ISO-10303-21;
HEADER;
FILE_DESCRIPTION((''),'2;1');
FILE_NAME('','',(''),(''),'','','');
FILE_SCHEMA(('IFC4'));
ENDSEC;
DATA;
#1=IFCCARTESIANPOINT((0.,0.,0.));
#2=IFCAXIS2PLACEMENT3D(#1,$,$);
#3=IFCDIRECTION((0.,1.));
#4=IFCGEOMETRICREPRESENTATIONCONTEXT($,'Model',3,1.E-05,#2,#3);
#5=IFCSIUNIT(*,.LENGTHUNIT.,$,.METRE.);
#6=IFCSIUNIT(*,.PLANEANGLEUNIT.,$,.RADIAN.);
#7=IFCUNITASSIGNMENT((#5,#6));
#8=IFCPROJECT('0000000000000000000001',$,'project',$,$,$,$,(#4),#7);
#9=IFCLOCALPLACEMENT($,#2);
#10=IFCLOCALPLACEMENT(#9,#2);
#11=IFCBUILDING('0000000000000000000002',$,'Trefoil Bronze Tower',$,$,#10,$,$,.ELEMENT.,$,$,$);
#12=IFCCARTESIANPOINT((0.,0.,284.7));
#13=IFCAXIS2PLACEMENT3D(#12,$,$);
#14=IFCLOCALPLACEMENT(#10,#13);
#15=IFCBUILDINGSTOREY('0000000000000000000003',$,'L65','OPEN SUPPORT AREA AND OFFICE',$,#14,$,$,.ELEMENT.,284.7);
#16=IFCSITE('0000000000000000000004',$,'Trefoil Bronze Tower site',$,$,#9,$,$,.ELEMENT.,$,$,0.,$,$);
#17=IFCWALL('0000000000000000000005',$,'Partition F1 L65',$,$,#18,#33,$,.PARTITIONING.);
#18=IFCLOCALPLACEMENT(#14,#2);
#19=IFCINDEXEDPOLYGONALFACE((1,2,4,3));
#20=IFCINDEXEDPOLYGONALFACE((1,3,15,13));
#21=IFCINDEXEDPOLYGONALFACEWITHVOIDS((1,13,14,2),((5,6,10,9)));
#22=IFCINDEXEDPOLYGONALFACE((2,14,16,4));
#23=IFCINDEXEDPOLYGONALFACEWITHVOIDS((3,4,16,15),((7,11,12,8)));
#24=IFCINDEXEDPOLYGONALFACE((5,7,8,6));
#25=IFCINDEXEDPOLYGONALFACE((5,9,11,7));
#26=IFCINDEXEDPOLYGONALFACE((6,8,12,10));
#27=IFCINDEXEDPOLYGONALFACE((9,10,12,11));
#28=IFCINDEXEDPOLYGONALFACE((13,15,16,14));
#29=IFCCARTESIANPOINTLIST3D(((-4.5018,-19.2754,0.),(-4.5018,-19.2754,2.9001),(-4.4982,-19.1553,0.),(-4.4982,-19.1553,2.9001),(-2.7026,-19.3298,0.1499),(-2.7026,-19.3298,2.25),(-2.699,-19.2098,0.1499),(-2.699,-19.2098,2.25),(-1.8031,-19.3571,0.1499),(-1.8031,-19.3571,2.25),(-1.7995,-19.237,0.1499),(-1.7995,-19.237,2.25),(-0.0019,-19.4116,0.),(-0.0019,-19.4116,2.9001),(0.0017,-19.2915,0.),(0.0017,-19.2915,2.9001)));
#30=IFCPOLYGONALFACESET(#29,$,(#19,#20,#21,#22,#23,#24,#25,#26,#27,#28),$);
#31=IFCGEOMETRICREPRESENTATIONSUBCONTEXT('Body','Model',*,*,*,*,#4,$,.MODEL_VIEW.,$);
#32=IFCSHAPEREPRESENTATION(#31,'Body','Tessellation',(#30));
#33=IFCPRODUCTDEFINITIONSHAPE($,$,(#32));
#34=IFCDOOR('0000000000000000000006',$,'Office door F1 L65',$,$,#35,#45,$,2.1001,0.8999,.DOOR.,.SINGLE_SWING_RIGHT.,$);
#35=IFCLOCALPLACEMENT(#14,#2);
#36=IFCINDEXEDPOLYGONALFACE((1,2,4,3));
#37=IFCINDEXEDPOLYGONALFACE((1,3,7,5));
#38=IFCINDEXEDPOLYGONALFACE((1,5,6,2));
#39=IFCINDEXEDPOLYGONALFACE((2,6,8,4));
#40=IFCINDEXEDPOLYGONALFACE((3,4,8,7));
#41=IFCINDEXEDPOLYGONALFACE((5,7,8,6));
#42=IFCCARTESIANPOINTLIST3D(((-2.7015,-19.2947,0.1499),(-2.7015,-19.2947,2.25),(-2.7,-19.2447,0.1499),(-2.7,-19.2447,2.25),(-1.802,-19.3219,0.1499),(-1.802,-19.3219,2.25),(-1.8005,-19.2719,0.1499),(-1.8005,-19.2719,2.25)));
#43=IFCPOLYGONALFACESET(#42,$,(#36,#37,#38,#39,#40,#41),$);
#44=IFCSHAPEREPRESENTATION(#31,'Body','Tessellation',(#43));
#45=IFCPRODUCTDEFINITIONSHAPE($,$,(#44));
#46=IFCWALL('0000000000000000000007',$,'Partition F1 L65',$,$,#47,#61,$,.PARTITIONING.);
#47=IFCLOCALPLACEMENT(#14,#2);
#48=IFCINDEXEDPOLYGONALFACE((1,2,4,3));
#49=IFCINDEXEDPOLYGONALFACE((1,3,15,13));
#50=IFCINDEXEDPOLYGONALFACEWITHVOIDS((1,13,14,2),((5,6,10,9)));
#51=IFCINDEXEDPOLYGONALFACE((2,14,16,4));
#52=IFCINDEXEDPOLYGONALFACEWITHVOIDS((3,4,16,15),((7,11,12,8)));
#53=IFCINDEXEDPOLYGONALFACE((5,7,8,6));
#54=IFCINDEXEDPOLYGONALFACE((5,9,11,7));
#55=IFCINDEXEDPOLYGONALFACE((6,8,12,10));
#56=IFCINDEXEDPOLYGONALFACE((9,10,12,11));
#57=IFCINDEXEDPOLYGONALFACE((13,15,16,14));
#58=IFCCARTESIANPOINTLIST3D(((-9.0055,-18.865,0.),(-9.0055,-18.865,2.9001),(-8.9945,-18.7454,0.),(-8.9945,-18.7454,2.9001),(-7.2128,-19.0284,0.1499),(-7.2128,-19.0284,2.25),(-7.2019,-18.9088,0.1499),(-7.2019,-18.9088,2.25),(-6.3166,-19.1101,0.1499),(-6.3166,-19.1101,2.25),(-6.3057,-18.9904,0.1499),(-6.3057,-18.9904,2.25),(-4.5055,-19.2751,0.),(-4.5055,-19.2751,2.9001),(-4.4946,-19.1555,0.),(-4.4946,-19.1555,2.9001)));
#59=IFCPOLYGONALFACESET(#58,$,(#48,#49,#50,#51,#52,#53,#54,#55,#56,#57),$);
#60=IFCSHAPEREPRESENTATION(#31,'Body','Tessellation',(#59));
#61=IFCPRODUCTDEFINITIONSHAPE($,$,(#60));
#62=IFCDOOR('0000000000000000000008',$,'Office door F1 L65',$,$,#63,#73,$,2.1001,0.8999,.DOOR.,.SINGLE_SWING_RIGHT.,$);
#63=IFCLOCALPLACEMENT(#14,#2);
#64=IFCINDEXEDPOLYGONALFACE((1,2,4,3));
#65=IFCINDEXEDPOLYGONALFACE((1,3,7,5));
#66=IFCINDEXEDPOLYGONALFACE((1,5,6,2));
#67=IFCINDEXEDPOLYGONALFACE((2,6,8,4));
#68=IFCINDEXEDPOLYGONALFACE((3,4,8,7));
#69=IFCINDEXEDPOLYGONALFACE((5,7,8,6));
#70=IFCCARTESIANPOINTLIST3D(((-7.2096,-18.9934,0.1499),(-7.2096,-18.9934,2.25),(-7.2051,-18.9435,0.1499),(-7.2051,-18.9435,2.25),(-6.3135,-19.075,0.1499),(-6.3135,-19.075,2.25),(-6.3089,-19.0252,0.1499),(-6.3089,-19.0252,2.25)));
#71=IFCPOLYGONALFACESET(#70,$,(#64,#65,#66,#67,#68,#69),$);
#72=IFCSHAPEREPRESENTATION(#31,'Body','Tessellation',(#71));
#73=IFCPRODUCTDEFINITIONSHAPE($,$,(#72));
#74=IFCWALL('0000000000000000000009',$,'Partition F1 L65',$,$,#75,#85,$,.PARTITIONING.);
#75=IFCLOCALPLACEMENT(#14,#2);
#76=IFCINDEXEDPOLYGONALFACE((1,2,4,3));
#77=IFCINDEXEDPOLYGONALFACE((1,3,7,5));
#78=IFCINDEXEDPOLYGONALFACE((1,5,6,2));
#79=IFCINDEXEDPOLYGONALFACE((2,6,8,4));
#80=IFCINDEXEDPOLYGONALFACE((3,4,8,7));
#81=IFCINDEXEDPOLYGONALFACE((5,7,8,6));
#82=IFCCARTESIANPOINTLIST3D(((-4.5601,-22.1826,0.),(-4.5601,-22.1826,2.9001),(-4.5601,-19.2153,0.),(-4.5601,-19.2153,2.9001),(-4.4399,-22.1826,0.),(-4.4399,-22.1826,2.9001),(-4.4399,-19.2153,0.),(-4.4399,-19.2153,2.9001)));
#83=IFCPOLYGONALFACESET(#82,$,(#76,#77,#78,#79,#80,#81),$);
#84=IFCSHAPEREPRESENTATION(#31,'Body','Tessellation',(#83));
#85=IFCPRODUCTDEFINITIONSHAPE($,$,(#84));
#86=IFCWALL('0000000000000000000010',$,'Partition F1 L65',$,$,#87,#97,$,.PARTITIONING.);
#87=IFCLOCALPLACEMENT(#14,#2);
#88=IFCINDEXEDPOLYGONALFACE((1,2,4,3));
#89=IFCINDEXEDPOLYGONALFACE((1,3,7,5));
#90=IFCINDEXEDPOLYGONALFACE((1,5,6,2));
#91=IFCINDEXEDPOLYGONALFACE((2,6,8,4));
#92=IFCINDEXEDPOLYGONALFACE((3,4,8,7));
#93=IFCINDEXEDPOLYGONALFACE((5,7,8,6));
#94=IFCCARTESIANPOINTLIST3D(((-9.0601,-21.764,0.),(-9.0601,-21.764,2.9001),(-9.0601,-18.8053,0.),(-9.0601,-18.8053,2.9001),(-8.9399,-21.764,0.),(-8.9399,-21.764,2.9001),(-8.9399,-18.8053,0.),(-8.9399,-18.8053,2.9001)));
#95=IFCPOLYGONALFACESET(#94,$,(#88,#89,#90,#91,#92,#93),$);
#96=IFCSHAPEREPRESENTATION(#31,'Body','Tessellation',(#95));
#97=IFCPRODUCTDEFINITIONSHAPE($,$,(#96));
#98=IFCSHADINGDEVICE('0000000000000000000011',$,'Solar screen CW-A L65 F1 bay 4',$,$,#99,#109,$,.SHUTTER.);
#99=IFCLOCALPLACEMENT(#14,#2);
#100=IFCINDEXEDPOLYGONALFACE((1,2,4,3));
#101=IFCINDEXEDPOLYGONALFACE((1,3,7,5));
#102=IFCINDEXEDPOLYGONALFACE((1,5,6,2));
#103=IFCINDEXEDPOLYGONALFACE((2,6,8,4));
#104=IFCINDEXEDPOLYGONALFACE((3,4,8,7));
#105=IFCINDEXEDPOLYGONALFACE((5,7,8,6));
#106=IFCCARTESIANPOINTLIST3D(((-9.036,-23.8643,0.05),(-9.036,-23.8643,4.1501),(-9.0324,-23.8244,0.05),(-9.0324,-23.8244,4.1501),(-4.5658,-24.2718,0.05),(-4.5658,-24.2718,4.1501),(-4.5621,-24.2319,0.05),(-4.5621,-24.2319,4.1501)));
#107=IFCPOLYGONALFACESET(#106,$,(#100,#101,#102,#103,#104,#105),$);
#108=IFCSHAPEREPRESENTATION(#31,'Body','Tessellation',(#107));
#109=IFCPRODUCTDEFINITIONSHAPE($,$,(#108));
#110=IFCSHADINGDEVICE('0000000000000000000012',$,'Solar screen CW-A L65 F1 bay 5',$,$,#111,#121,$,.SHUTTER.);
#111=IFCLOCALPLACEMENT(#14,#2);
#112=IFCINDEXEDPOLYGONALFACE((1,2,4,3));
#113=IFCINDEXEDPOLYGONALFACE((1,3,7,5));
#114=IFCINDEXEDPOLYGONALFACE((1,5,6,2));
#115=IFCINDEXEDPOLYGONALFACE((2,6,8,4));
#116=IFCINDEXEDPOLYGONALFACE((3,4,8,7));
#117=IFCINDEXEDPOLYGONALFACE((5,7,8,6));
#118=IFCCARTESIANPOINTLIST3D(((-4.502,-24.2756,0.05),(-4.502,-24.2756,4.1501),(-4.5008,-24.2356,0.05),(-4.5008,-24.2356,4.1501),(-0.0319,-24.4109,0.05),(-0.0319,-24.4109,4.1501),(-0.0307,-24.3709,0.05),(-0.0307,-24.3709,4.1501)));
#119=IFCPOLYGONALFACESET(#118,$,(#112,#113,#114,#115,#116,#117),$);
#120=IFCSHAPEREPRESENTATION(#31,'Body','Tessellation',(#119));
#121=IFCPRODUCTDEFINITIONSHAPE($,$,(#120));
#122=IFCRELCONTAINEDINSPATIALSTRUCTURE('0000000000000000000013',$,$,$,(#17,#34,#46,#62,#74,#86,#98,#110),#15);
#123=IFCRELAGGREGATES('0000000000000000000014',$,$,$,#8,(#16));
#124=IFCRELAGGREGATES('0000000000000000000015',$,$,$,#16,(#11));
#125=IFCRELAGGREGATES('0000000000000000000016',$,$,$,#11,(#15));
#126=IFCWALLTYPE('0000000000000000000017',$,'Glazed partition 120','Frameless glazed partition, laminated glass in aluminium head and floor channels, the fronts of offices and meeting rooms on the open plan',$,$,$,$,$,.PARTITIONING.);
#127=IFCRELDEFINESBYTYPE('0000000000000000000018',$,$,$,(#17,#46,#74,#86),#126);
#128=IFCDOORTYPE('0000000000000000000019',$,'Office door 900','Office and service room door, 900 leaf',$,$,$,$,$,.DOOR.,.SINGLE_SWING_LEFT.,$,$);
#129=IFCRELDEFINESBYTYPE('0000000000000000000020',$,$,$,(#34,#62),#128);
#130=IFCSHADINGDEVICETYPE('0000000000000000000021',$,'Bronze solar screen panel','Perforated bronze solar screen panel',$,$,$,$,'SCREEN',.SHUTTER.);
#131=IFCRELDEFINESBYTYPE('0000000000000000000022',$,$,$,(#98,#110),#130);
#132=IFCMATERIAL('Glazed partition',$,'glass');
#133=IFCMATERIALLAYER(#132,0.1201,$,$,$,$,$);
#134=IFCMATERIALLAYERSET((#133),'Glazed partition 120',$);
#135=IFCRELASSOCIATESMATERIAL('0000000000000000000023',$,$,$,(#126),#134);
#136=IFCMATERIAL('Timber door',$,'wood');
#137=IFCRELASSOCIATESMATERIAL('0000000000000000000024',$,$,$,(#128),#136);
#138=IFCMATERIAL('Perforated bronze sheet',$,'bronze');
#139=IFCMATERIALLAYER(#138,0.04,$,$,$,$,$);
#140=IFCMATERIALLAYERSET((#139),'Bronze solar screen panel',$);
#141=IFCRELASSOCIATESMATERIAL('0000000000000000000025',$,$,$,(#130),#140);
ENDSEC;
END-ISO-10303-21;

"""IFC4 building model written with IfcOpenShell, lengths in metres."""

from ifc_helpers import new_model, si_unit, direction, frame, frame_2d, origin, origin_2d, place, context, subcontext, project, spatial, rectangle, extrude, material, layer, layer_set, type_object, element, fill, save


model = new_model("IFC4")

# Units and contexts
model_context = context("Model", 3, precision=1e-05, world=origin(), true_north=direction((0.0, 1.0)))
body_context = subcontext(model_context, "Body", "Model", "MODEL_VIEW")
ifc_project = project(units=[si_unit("LENGTHUNIT", "METRE"), si_unit("PLANEANGLEUNIT", "RADIAN")], contexts=[model_context])

# Site, building, storey
site_placement = place(None, origin())
site = spatial("IfcSite", under=ifc_project, at=site_placement, Name="Trefoil Bronze Tower site", CompositionType="ELEMENT", RefElevation=0.0)
building_placement = place(site_placement, origin())
building = spatial("IfcBuilding", under=site, at=building_placement, Name="Trefoil Bronze Tower", CompositionType="ELEMENT")
storey_placement = place(building_placement, frame((0.0, 0.0, 284.7)))
storey = spatial("IfcBuildingStorey", under=building, at=storey_placement, Name="L65", Description="OPEN SUPPORT AREA AND OFFICE", CompositionType="ELEMENT", Elevation=284.7)

# Shared definitions
ifc_material_1 = material(Name="Glazed partition", Category="glass")
ifc_layer_1 = layer(ifc_material_1, 0.1201)
ifc_layer_set_1 = layer_set([ifc_layer_1], Name="Glazed partition 120")
wall_type = type_object("IfcWallType", Name="Glazed partition 120", Description="Frameless glazed partition, laminated glass in aluminium head and floor channels, the fronts of offices and meeting rooms on the open plan", PredefinedType="PARTITIONING", material=ifc_layer_set_1)

# Walls, openings, doors
wall_1_placement = place(storey_placement, frame((-4.5, -19.2153, 0.0), z_axis=(0.0, 0.0, 1.0), x_axis=(0.999542, -0.03026, 0.0)))
wall_1 = element("IfcWall", 1, at=wall_1_placement, inside=storey, type_object=wall_type, Name="Partition F1 L65", PredefinedType="PARTITIONING", context=body_context, shape_type="SweptSolid", body=[
    extrude(rectangle(XDim=4.502, YDim=0.1201, at=frame_2d((2.251, 0.0))), origin(), (0.0, 0.0, 1.0), 2.9001),
])
opening_1_placement = place(wall_1_placement, frame((1.8, 0.0, 0.1499)))
opening_1 = element("IfcOpeningElement", 2, at=opening_1_placement, cuts=wall_1, PredefinedType="OPENING", context=body_context, shape_type="SweptSolid", body=[
    extrude(rectangle(XDim=0.8999, YDim=2.1001, at=frame_2d((0.45, 1.05))), frame((0.0, 0.0701, 0.0), z_axis=(0.0, -1.0, 0.0), x_axis=(1.0, 0.0, 0.0)), (0.0, 0.0, 1.0), 0.1401),
])
ifc_material_2 = material(Name="Timber door", Category="wood")
door_type_1 = type_object("IfcDoorType", Name="Office door 900", Description="Office and service room door, 900 leaf", OperationType="SINGLE_SWING_LEFT", PredefinedType="DOOR", material=ifc_material_2)
door_1_placement = place(opening_1_placement, frame((0.8999, 0.0, 0.0), z_axis=(0.0, 0.0, 1.0), x_axis=(-1.0, 0.0, 0.0)))
door_1 = element("IfcDoor", 3, at=door_1_placement, inside=storey, type_object=door_type_1, Name="Office door F1 L65", OperationType="SINGLE_SWING_RIGHT", OverallHeight=2.1001, OverallWidth=0.8999, PredefinedType="DOOR", context=body_context, shape_type="SweptSolid", body=[
    extrude(rectangle(XDim=0.8999, YDim=2.1001, at=frame_2d((0.45, 1.05))), frame((0.0, 0.0249, 0.0), z_axis=(0.0, -1.0, 0.0), x_axis=(1.0, 0.0, 0.0)), (0.0, 0.0, 1.0), 0.05),
])
fill(opening_1, door_1)
wall_2_placement = place(storey_placement, frame((-9.0, -18.8052, 0.0), z_axis=(0.0, 0.0, 1.0), x_axis=(0.995872, -0.09077, 0.0)))
wall_2 = element("IfcWall", 4, at=wall_2_placement, inside=storey, type_object=wall_type, Name="Partition F1 L65", PredefinedType="PARTITIONING", context=body_context, shape_type="SweptSolid", body=[
    extrude(rectangle(XDim=4.5186, YDim=0.1201, at=frame_2d((2.2593, 0.0))), origin(), (0.0, 0.0, 1.0), 2.9001),
])
opening_2_placement = place(wall_2_placement, frame((1.8, 0.0, 0.1499)))
opening_2 = element("IfcOpeningElement", 5, at=opening_2_placement, cuts=wall_2, PredefinedType="OPENING", context=body_context, shape_type="SweptSolid", body=[
    extrude(rectangle(XDim=0.8999, YDim=2.1001, at=frame_2d((0.45, 1.05))), frame((0.0, 0.0701, 0.0), z_axis=(0.0, -1.0, 0.0), x_axis=(1.0, 0.0, 0.0)), (0.0, 0.0, 1.0), 0.1401),
])
door_2_placement = place(opening_2_placement, frame((0.8999, 0.0, 0.0), z_axis=(0.0, 0.0, 1.0), x_axis=(-1.0, 0.0, 0.0)))
door_2 = element("IfcDoor", 6, at=door_2_placement, inside=storey, type_object=door_type_1, Name="Office door F1 L65", OperationType="SINGLE_SWING_RIGHT", OverallHeight=2.1001, OverallWidth=0.8999, PredefinedType="DOOR", context=body_context, shape_type="SweptSolid", body=[
    extrude(rectangle(XDim=0.8999, YDim=2.1001, at=frame_2d((0.45, 1.05))), frame((0.0, 0.0249, 0.0), z_axis=(0.0, -1.0, 0.0), x_axis=(1.0, 0.0, 0.0)), (0.0, 0.0, 1.0), 0.05),
])
fill(opening_2, door_2)

# Walls
wall_3_placement = place(storey_placement, frame((-4.5, -19.2153, 0.0), z_axis=(0.0, 0.0, 1.0), x_axis=(0.0, -1.0, 0.0)))
element("IfcWall", 7, at=wall_3_placement, inside=storey, type_object=wall_type, Name="Partition F1 L65", PredefinedType="PARTITIONING", context=body_context, shape_type="SweptSolid", body=[
    extrude(rectangle(XDim=2.9673, YDim=0.1201, at=frame_2d((1.4836, 0.0))), origin(), (0.0, 0.0, 1.0), 2.9001),
])
wall_4_placement = place(storey_placement, frame((-9.0, -18.8052, 0.0), z_axis=(0.0, 0.0, 1.0), x_axis=(0.0, -1.0, 0.0)))
element("IfcWall", 8, at=wall_4_placement, inside=storey, type_object=wall_type, Name="Partition F1 L65", PredefinedType="PARTITIONING", context=body_context, shape_type="SweptSolid", body=[
    extrude(rectangle(XDim=2.9587, YDim=0.1201, at=frame_2d((1.4795, 0.0))), origin(), (0.0, 0.0, 1.0), 2.9001),
])

# Shading devices
ifc_material_3 = material(Name="Perforated bronze sheet", Category="bronze")
ifc_layer_2 = layer(ifc_material_3, 0.04)
ifc_layer_set_2 = layer_set([ifc_layer_2], Name="Bronze solar screen panel")
shading_device_type = type_object("IfcShadingDeviceType", Name="Bronze solar screen panel", Description="Perforated bronze solar screen panel", ElementType="SCREEN", PredefinedType="SHUTTER", material=ifc_layer_set_2)
shading_device_1_placement = place(storey_placement, frame((-6.7991, -24.0481, 0.05), z_axis=(0.0, 0.0, 1.0), x_axis=(0.99587, -0.090789, 0.0)))
element("IfcShadingDevice", 9, at=shading_device_1_placement, inside=storey, type_object=shading_device_type, Name="Solar screen CW-A L65 F1 bay 4", PredefinedType="SHUTTER", context=body_context, shape_type="SweptSolid", body=[
    extrude(rectangle(XDim=4.4888, YDim=0.04, at=origin_2d()), origin(), (0.0, 0.0, 1.0), 4.1001),
])
shading_device_2_placement = place(storey_placement, frame((-2.2664, -24.3232, 0.05), z_axis=(0.0, 0.0, 1.0), x_axis=(0.999542, -0.030263, 0.0)))
element("IfcShadingDevice", 10, at=shading_device_2_placement, inside=storey, type_object=shading_device_type, Name="Solar screen CW-A L65 F1 bay 5", PredefinedType="SHUTTER", context=body_context, shape_type="SweptSolid", body=[
    extrude(rectangle(XDim=4.4722, YDim=0.04, at=origin_2d()), origin(), (0.0, 0.0, 1.0), 4.1001),
])

save(model, "model.ifc")
